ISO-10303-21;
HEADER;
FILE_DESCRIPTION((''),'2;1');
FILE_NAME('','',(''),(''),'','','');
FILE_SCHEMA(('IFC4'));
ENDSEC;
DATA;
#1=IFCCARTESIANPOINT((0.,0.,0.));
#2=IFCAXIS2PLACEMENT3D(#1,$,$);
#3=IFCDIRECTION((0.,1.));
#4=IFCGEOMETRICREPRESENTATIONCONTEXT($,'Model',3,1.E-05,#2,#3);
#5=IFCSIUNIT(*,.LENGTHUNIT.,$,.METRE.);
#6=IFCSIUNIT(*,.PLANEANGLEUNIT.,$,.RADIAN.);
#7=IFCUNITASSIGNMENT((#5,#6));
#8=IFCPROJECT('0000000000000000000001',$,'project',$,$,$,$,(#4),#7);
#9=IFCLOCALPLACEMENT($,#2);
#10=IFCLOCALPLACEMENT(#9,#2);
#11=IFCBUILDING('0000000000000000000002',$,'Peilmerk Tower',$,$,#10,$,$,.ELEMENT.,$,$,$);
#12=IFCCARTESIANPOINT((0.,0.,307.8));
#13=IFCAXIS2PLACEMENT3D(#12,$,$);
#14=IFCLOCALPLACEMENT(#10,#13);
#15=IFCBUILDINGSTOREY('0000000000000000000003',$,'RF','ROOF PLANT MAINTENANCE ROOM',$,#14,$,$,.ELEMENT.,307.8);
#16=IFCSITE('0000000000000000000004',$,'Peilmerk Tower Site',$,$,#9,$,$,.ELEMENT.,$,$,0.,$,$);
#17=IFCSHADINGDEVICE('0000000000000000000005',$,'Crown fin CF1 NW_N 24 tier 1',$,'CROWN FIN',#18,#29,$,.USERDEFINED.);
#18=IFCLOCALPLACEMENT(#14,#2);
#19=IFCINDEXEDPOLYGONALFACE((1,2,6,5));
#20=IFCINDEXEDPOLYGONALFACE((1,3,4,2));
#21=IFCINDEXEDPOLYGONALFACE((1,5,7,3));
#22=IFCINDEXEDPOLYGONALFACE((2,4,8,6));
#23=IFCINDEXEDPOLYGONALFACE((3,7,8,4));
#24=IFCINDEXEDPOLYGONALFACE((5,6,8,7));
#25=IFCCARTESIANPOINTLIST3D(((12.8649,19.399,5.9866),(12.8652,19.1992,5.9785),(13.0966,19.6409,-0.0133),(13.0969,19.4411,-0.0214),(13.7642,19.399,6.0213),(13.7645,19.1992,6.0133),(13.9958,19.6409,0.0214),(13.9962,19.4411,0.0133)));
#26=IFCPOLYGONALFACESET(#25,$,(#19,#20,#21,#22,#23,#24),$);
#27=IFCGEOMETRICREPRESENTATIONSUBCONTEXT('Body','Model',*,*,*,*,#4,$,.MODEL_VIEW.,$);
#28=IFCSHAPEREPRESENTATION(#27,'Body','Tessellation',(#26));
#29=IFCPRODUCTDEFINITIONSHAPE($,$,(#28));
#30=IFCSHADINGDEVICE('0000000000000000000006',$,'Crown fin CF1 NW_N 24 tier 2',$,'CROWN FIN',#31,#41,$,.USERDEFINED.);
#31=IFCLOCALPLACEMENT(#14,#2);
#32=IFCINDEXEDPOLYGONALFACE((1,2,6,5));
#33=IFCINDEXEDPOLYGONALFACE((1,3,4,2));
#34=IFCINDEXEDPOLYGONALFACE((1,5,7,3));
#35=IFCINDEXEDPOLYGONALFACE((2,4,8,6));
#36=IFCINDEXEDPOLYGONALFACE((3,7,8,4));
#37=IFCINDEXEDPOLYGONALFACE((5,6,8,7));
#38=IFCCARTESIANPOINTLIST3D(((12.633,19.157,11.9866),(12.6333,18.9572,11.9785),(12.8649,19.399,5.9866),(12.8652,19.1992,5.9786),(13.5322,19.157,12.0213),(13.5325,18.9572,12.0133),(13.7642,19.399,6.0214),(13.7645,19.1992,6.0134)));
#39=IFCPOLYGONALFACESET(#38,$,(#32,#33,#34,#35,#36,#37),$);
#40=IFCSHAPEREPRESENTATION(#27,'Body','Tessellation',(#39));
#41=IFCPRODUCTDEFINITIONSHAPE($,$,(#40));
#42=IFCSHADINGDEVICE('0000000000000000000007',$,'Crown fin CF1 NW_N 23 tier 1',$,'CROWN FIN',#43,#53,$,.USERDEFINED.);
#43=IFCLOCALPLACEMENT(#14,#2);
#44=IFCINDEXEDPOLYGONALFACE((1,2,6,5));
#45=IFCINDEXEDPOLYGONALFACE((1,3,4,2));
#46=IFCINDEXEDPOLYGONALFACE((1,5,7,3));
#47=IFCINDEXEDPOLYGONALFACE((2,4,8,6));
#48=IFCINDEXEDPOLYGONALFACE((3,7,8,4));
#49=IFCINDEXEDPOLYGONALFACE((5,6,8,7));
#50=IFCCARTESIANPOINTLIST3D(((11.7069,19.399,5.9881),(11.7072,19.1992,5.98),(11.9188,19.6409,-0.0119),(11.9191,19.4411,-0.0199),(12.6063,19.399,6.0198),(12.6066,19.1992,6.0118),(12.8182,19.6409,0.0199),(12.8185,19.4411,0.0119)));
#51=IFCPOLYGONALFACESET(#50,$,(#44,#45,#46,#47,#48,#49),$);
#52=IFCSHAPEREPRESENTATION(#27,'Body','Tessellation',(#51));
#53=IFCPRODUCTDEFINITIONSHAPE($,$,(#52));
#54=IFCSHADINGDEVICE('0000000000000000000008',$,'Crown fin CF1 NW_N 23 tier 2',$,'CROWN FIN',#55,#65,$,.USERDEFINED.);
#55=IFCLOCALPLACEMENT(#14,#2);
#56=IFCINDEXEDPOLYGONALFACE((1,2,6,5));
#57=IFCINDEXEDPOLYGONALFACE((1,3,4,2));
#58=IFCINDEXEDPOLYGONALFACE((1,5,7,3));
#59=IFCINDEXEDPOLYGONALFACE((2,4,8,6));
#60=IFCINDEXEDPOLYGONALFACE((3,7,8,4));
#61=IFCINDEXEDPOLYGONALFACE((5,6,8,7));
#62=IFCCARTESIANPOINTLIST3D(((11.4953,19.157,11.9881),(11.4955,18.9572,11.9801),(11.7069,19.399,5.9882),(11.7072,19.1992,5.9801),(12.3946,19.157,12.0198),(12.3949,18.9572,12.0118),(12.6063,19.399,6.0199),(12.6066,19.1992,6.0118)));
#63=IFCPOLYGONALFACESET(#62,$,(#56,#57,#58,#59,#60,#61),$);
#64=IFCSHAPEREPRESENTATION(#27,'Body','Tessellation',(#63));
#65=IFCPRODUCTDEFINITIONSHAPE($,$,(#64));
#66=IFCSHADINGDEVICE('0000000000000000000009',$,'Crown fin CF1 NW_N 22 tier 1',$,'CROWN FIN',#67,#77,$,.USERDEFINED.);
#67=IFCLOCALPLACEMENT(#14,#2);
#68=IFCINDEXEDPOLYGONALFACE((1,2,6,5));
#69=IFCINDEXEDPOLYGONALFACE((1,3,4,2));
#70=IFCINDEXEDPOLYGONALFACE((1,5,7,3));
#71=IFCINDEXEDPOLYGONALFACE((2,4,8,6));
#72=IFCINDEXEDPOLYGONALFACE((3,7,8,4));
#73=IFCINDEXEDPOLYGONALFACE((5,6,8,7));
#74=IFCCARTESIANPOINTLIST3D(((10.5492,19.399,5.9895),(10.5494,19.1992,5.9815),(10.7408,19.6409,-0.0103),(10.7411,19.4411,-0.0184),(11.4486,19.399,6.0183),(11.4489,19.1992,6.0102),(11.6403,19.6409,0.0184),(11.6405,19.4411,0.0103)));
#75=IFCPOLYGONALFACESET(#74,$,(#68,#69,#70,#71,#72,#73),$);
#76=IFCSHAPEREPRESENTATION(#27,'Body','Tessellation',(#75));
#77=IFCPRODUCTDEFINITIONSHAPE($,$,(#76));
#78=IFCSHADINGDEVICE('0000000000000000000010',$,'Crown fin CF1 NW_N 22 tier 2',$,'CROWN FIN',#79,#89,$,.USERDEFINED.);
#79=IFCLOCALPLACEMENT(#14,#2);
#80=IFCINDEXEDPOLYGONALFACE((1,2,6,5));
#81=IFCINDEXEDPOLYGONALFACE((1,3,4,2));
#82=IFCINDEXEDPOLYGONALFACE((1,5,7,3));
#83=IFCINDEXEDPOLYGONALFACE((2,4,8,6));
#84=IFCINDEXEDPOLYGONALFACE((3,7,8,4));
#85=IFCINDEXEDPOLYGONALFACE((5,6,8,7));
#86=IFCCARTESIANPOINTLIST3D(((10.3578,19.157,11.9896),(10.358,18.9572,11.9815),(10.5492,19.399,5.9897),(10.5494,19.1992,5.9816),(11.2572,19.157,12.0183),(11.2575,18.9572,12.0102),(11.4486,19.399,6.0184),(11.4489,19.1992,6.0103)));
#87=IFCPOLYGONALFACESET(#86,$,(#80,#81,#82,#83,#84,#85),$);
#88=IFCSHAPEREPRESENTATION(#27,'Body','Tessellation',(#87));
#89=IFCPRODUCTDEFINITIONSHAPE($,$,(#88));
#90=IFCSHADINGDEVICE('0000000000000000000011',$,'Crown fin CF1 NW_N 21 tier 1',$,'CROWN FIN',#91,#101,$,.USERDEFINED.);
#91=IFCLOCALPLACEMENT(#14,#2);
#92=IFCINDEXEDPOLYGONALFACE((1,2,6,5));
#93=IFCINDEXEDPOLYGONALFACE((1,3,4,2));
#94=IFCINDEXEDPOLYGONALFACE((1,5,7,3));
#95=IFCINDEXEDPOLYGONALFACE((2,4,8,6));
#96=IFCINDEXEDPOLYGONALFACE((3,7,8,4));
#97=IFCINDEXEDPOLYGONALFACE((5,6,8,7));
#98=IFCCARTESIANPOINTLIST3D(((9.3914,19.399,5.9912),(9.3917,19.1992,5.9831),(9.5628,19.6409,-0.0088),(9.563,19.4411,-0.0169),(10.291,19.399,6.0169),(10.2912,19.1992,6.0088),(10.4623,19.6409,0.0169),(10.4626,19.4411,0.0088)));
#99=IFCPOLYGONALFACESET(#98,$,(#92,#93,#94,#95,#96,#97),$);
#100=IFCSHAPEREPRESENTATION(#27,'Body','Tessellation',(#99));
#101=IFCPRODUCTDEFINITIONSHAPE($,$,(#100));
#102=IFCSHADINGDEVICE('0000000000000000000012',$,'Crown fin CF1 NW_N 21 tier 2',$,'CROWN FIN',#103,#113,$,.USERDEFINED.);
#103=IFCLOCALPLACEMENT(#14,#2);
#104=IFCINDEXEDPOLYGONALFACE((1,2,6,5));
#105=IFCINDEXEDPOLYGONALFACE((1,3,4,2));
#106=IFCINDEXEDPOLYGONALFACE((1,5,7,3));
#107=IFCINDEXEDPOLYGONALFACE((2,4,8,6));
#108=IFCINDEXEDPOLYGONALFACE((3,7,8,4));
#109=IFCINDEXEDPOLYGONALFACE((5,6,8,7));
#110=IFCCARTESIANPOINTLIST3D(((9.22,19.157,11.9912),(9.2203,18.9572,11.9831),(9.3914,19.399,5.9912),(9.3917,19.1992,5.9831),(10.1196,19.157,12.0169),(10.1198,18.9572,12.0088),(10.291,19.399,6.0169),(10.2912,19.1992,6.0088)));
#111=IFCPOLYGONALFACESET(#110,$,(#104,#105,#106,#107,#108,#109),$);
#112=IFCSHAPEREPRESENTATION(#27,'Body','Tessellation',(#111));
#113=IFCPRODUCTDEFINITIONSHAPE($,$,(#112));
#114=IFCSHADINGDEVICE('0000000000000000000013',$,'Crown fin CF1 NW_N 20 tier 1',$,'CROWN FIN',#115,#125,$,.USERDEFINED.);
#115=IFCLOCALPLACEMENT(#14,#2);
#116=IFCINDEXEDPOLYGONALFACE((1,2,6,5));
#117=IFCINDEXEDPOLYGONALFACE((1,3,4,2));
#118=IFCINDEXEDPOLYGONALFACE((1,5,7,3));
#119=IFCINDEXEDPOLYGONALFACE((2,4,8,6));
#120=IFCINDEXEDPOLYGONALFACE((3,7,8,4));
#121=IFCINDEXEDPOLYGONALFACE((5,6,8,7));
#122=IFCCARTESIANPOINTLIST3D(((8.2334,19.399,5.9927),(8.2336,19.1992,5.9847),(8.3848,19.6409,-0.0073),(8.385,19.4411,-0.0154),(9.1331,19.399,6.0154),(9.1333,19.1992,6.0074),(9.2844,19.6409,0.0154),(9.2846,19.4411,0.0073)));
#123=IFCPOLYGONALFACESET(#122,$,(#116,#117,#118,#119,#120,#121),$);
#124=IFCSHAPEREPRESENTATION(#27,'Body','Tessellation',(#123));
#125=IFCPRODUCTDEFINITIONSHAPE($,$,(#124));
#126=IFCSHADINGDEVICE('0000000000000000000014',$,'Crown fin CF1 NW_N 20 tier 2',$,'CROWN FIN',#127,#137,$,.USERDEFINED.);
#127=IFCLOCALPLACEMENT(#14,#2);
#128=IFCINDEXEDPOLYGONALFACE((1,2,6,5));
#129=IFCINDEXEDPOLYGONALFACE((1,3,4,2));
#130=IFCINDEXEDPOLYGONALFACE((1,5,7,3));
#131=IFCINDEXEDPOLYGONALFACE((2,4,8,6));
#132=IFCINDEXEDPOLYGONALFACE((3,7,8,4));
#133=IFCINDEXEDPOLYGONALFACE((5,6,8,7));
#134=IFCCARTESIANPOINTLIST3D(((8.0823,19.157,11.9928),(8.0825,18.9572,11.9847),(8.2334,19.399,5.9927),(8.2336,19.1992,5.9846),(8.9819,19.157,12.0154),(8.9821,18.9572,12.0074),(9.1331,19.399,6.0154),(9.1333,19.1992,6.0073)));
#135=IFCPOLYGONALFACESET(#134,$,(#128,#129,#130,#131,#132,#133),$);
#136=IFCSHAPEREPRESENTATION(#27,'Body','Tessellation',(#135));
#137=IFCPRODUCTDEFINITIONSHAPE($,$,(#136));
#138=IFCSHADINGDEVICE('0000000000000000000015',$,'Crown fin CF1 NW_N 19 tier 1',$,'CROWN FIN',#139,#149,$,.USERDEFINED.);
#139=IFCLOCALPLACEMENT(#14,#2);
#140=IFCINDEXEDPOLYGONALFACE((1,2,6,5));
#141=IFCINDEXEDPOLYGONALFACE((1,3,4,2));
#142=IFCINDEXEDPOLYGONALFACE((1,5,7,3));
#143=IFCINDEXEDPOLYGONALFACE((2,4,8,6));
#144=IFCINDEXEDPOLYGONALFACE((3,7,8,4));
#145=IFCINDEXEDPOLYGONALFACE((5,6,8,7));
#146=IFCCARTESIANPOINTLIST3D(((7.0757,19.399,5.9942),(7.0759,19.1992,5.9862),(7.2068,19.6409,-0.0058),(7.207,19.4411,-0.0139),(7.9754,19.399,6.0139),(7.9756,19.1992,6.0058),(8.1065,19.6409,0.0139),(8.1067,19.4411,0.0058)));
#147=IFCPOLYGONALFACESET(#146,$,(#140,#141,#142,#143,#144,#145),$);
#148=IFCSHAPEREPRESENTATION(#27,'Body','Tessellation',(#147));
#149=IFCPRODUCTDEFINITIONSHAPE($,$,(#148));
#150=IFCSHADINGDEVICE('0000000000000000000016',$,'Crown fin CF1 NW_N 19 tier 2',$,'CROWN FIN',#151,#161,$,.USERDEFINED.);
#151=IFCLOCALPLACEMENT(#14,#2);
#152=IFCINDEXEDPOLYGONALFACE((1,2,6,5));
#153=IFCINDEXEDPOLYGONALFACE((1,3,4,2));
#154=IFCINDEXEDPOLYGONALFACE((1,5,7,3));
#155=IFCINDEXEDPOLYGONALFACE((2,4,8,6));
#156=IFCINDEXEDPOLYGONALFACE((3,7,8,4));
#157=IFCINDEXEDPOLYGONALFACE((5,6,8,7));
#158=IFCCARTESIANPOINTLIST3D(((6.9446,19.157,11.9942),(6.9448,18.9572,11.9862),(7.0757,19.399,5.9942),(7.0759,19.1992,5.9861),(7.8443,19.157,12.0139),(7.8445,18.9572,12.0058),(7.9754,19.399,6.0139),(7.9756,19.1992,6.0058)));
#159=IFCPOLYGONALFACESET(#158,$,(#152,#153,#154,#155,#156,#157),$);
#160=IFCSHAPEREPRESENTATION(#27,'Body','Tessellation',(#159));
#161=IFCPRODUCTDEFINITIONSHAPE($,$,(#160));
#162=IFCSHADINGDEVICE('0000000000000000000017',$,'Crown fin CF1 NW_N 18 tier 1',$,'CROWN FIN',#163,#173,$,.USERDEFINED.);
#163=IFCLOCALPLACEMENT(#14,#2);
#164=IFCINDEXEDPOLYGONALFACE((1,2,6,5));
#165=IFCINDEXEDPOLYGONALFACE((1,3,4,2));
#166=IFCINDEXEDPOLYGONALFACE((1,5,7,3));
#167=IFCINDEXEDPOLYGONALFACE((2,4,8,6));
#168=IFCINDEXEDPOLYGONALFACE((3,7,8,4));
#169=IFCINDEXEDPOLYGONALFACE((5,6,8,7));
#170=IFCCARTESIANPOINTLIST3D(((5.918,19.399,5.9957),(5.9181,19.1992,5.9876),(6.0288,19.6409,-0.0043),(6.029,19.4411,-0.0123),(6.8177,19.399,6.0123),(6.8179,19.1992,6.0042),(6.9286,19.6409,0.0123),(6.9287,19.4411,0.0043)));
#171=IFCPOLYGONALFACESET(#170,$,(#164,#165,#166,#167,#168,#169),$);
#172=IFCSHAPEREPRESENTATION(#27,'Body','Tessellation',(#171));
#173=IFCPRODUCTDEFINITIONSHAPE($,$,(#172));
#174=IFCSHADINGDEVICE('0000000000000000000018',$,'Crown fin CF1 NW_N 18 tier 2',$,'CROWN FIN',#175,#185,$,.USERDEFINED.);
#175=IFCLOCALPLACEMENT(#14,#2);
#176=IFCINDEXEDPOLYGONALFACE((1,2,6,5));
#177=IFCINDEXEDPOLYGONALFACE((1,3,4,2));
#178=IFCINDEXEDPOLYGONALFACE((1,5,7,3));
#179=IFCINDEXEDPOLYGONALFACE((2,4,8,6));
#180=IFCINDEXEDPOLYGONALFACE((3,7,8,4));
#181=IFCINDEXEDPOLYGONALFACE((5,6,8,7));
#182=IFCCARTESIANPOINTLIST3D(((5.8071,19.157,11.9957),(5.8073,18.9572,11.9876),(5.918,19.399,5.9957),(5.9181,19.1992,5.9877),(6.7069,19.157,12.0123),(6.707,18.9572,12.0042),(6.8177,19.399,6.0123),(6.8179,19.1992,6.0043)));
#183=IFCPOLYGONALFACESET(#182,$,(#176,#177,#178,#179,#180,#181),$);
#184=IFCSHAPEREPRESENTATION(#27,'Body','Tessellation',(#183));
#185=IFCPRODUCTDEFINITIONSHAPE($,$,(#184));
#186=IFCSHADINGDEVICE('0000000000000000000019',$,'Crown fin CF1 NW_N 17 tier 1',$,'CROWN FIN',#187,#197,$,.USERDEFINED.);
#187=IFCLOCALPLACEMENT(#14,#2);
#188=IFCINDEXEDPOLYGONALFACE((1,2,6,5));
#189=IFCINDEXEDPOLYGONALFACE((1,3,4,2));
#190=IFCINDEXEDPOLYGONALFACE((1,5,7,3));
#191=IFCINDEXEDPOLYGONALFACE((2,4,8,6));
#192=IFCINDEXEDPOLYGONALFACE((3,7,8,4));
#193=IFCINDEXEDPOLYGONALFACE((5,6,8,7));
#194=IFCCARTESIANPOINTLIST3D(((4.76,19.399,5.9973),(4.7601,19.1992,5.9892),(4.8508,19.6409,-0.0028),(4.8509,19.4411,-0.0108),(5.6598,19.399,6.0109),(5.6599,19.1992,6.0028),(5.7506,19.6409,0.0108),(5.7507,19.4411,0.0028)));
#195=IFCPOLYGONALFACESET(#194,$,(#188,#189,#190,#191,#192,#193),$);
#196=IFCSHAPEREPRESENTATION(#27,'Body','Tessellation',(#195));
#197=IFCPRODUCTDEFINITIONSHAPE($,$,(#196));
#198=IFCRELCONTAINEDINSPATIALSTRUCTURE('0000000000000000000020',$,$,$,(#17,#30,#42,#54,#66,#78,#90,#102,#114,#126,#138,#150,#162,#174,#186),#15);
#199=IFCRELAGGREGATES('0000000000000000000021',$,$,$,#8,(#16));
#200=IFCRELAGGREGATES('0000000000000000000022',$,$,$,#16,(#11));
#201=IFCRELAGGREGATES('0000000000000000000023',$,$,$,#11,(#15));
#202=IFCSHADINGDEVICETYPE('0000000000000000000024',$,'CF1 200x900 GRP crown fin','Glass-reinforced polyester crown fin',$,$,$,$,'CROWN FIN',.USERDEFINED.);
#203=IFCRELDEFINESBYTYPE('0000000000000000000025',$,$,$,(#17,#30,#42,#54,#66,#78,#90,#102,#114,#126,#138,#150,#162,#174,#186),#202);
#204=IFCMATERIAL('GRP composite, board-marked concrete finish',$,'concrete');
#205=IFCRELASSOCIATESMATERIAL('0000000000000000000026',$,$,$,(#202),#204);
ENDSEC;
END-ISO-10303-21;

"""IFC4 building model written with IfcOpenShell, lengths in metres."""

from ifc_helpers import new_model, si_unit, direction, frame, origin, origin_2d, place, context, subcontext, project, spatial, rectangle, extrude, source, transform, mapped, material, material_profile, profile_set, type_object, element, save


model = new_model("IFC4")

# Units and contexts
model_context = context("Model", 3, precision=1e-05, world=origin(), true_north=direction((0.0, 1.0)))
body_context = subcontext(model_context, "Body", "Model", "MODEL_VIEW")
ifc_project = project(units=[si_unit("LENGTHUNIT", "METRE"), si_unit("PLANEANGLEUNIT", "RADIAN")], contexts=[model_context])

# Site, building, storey
site_placement = place(None, origin())
site = spatial("IfcSite", under=ifc_project, at=site_placement, Name="Peilmerk Tower Site", CompositionType="ELEMENT", RefElevation=0.0)
building_placement = place(site_placement, origin())
building = spatial("IfcBuilding", under=site, at=building_placement, Name="Peilmerk Tower", CompositionType="ELEMENT")
storey_placement = place(building_placement, frame((0.0, 0.0, 307.8)))
storey = spatial("IfcBuildingStorey", under=building, at=storey_placement, Name="RF", Description="ROOF PLANT MAINTENANCE ROOM", CompositionType="ELEMENT", Elevation=307.8)

# Shading devices
ifc_material_1 = material(Name="GRP composite, board-marked concrete finish", Category="concrete")
ifc_material_profile = material_profile(ifc_material_1, rectangle(XDim=0.2, YDim=0.8999, at=origin_2d()), Name="CF1 200x900")
ifc_profile_set = profile_set([ifc_material_profile], Name="GRP composite, board-marked concrete finish")
shading_device_type = type_object("IfcShadingDeviceType", Name="CF1 200x900 GRP crown fin", Description="Glass-reinforced polyester crown fin", ElementType="CROWN FIN", PredefinedType="USERDEFINED", material=ifc_profile_set)
shared_shape_1 = source(origin(), body_context, "Body", "SweptSolid", [
    extrude(rectangle(XDim=0.2, YDim=0.8999, at=origin_2d()), origin(), (0.0, 0.0, 1.0), 6.0093),
])
for number, where, z_axis, x_axis, name in (
    (1, (13.5464, 19.541, 0.0), (-0.038555, -0.040261, 0.998445), (-0.001554, 0.999189, 0.040231), "Crown fin CF1 NW_N 24 tier 1"),
    (2, (13.3147, 19.2991, 6.0), (-0.038595, -0.040261, 0.998444), (-0.001555, 0.999189, 0.040231), "Crown fin CF1 NW_N 24 tier 2"),
):
    element("IfcShadingDevice", number, at=place(storey_placement, frame(where, z_axis=z_axis, x_axis=x_axis)), inside=storey, type_object=shading_device_type, Name=name, ObjectType="CROWN FIN", PredefinedType="USERDEFINED", context=body_context, shape_type="MappedRepresentation", body=[
        mapped(shared_shape_1, transform((0.0, 0.0, 0.0), scale=1.0)),
    ])
shared_shape_2 = source(origin(), body_context, "Body", "SweptSolid", [
    extrude(rectangle(XDim=0.2, YDim=0.8999, at=origin_2d()), origin(), (0.0, 0.0, 1.0), 6.0085),
])
for number, where, z_axis, x_axis, name in (
    (3, (12.3687, 19.541, 0.0), (-0.035268, -0.040266, 0.998566), (-0.001421, 0.999189, 0.040241), "Crown fin CF1 NW_N 23 tier 1"),
    (4, (12.1567, 19.2991, 6.0), (-0.035228, -0.040266, 0.998568), (-0.00142, 0.999189, 0.040241), "Crown fin CF1 NW_N 23 tier 2"),
):
    element("IfcShadingDevice", number, at=place(storey_placement, frame(where, z_axis=z_axis, x_axis=x_axis)), inside=storey, type_object=shading_device_type, Name=name, ObjectType="CROWN FIN", PredefinedType="USERDEFINED", context=body_context, shape_type="MappedRepresentation", body=[
        mapped(shared_shape_2, transform((0.0, 0.0, 0.0), scale=1.0)),
    ])
shared_shape_3 = source(origin(), body_context, "Body", "SweptSolid", [
    extrude(rectangle(XDim=0.2, YDim=0.8999, at=origin_2d()), origin(), (0.0, 0.0, 1.0), 6.0078),
])
for number, where, z_axis, x_axis, name in (
    (5, (11.1907, 19.541, 0.0), (-0.0319, -0.040271, 0.998679), (-0.001286, 0.999189, 0.04025), "Crown fin CF1 NW_N 22 tier 1"),
    (6, (10.999, 19.2991, 6.0), (-0.031859, -0.040271, 0.998681), (-0.001284, 0.999189, 0.04025), "Crown fin CF1 NW_N 22 tier 2"),
):
    element("IfcShadingDevice", number, at=place(storey_placement, frame(where, z_axis=z_axis, x_axis=x_axis)), inside=storey, type_object=shading_device_type, Name=name, ObjectType="CROWN FIN", PredefinedType="USERDEFINED", context=body_context, shape_type="MappedRepresentation", body=[
        mapped(shared_shape_3, transform((0.0, 0.0, 0.0), scale=1.0)),
    ])
shared_shape_4 = source(origin(), body_context, "Body", "SweptSolid", [
    extrude(rectangle(XDim=0.2, YDim=0.8999, at=origin_2d()), origin(), (0.0, 0.0, 1.0), 6.0073),
])
for number, where, z_axis, x_axis, name in (
    (7, (10.0127, 19.541, 0.0), (-0.02853, -0.040275, 0.998781), (-0.00115, 0.999189, 0.040258), "Crown fin CF1 NW_N 21 tier 1"),
    (8, (9.8413, 19.2991, 6.0), (-0.02853, -0.040275, 0.998781), (-0.00115, 0.999189, 0.040258), "Crown fin CF1 NW_N 21 tier 2"),
):
    element("IfcShadingDevice", number, at=place(storey_placement, frame(where, z_axis=z_axis, x_axis=x_axis)), inside=storey, type_object=shading_device_type, Name=name, ObjectType="CROWN FIN", PredefinedType="USERDEFINED", context=body_context, shape_type="MappedRepresentation", body=[
        mapped(shared_shape_4, transform((0.0, 0.0, 0.0), scale=1.0)),
    ])
shared_shape_5 = source(origin(), body_context, "Body", "SweptSolid", [
    extrude(rectangle(XDim=0.2, YDim=0.8999, at=origin_2d()), origin(), (0.0, 0.0, 1.0), 6.0068),
])
for number, where, z_axis, x_axis, name in (
    (9, (8.8347, 19.541, 0.0), (-0.025199, -0.040278, 0.998871), (-0.001016, 0.999188, 0.040266), "Crown fin CF1 NW_N 20 tier 1"),
    (10, (8.6833, 19.2991, 6.0), (-0.025159, -0.040278, 0.998872), (-0.001014, 0.999188, 0.040266), "Crown fin CF1 NW_N 20 tier 2"),
):
    element("IfcShadingDevice", number, at=place(storey_placement, frame(where, z_axis=z_axis, x_axis=x_axis)), inside=storey, type_object=shading_device_type, Name=name, ObjectType="CROWN FIN", PredefinedType="USERDEFINED", context=body_context, shape_type="MappedRepresentation", body=[
        mapped(shared_shape_5, transform((0.0, 0.0, 0.0), scale=1.0)),
    ])
shared_shape_6 = source(origin(), body_context, "Body", "SweptSolid", [
    extrude(rectangle(XDim=0.2, YDim=0.8999, at=origin_2d()), origin(), (0.0, 0.0, 1.0), 6.0063),
])
for number, where, z_axis, x_axis, name in (
    (11, (7.6567, 19.541, 0.0), (-0.021828, -0.040282, 0.99895), (-0.00088, 0.999188, 0.040272), "Crown fin CF1 NW_N 19 tier 1"),
    (12, (7.5256, 19.2991, 6.0), (-0.021828, -0.040282, 0.99895), (-0.00088, 0.999188, 0.040272), "Crown fin CF1 NW_N 19 tier 2"),
):
    element("IfcShadingDevice", number, at=place(storey_placement, frame(where, z_axis=z_axis, x_axis=x_axis)), inside=storey, type_object=shading_device_type, Name=name, ObjectType="CROWN FIN", PredefinedType="USERDEFINED", context=body_context, shape_type="MappedRepresentation", body=[
        mapped(shared_shape_6, transform((0.0, 0.0, 0.0), scale=1.0)),
    ])
shared_shape_7 = source(origin(), body_context, "Body", "SweptSolid", [
    extrude(rectangle(XDim=0.2, YDim=0.8999, at=origin_2d()), origin(), (0.0, 0.0, 1.0), 6.0059),
])
for number, where, z_axis, x_axis, name in (
    (13, (6.4788, 19.541, 0.0), (-0.018455, -0.040284, 0.999018), (-0.000744, 0.999188, 0.040277), "Crown fin CF1 NW_N 18 tier 1"),
    (14, (6.3679, 19.2991, 6.0), (-0.018455, -0.040284, 0.999018), (-0.000744, 0.999188, 0.040277), "Crown fin CF1 NW_N 18 tier 2"),
):
    element("IfcShadingDevice", number, at=place(storey_placement, frame(where, z_axis=z_axis, x_axis=x_axis)), inside=storey, type_object=shading_device_type, Name=name, ObjectType="CROWN FIN", PredefinedType="USERDEFINED", context=body_context, shape_type="MappedRepresentation", body=[
        mapped(shared_shape_7, transform((0.0, 0.0, 0.0), scale=1.0)),
    ])
shared_shape_8 = source(origin(), body_context, "Body", "SweptSolid", [
    extrude(rectangle(XDim=0.2, YDim=0.8999, at=origin_2d()), origin(), (0.0, 0.0, 1.0), 6.0056),
])
for number, where, z_axis, x_axis, name in (
    (15, (5.3008, 19.541, 0.0), (-0.015123, -0.040287, 0.999074), (-0.00061, 0.999188, 0.040282), "Crown fin CF1 NW_N 17 tier 1"),
):
    element("IfcShadingDevice", number, at=place(storey_placement, frame(where, z_axis=z_axis, x_axis=x_axis)), inside=storey, type_object=shading_device_type, Name=name, ObjectType="CROWN FIN", PredefinedType="USERDEFINED", context=body_context, shape_type="MappedRepresentation", body=[
        mapped(shared_shape_8, transform((0.0, 0.0, 0.0), scale=1.0)),
    ])

save(model, "model.ifc")
